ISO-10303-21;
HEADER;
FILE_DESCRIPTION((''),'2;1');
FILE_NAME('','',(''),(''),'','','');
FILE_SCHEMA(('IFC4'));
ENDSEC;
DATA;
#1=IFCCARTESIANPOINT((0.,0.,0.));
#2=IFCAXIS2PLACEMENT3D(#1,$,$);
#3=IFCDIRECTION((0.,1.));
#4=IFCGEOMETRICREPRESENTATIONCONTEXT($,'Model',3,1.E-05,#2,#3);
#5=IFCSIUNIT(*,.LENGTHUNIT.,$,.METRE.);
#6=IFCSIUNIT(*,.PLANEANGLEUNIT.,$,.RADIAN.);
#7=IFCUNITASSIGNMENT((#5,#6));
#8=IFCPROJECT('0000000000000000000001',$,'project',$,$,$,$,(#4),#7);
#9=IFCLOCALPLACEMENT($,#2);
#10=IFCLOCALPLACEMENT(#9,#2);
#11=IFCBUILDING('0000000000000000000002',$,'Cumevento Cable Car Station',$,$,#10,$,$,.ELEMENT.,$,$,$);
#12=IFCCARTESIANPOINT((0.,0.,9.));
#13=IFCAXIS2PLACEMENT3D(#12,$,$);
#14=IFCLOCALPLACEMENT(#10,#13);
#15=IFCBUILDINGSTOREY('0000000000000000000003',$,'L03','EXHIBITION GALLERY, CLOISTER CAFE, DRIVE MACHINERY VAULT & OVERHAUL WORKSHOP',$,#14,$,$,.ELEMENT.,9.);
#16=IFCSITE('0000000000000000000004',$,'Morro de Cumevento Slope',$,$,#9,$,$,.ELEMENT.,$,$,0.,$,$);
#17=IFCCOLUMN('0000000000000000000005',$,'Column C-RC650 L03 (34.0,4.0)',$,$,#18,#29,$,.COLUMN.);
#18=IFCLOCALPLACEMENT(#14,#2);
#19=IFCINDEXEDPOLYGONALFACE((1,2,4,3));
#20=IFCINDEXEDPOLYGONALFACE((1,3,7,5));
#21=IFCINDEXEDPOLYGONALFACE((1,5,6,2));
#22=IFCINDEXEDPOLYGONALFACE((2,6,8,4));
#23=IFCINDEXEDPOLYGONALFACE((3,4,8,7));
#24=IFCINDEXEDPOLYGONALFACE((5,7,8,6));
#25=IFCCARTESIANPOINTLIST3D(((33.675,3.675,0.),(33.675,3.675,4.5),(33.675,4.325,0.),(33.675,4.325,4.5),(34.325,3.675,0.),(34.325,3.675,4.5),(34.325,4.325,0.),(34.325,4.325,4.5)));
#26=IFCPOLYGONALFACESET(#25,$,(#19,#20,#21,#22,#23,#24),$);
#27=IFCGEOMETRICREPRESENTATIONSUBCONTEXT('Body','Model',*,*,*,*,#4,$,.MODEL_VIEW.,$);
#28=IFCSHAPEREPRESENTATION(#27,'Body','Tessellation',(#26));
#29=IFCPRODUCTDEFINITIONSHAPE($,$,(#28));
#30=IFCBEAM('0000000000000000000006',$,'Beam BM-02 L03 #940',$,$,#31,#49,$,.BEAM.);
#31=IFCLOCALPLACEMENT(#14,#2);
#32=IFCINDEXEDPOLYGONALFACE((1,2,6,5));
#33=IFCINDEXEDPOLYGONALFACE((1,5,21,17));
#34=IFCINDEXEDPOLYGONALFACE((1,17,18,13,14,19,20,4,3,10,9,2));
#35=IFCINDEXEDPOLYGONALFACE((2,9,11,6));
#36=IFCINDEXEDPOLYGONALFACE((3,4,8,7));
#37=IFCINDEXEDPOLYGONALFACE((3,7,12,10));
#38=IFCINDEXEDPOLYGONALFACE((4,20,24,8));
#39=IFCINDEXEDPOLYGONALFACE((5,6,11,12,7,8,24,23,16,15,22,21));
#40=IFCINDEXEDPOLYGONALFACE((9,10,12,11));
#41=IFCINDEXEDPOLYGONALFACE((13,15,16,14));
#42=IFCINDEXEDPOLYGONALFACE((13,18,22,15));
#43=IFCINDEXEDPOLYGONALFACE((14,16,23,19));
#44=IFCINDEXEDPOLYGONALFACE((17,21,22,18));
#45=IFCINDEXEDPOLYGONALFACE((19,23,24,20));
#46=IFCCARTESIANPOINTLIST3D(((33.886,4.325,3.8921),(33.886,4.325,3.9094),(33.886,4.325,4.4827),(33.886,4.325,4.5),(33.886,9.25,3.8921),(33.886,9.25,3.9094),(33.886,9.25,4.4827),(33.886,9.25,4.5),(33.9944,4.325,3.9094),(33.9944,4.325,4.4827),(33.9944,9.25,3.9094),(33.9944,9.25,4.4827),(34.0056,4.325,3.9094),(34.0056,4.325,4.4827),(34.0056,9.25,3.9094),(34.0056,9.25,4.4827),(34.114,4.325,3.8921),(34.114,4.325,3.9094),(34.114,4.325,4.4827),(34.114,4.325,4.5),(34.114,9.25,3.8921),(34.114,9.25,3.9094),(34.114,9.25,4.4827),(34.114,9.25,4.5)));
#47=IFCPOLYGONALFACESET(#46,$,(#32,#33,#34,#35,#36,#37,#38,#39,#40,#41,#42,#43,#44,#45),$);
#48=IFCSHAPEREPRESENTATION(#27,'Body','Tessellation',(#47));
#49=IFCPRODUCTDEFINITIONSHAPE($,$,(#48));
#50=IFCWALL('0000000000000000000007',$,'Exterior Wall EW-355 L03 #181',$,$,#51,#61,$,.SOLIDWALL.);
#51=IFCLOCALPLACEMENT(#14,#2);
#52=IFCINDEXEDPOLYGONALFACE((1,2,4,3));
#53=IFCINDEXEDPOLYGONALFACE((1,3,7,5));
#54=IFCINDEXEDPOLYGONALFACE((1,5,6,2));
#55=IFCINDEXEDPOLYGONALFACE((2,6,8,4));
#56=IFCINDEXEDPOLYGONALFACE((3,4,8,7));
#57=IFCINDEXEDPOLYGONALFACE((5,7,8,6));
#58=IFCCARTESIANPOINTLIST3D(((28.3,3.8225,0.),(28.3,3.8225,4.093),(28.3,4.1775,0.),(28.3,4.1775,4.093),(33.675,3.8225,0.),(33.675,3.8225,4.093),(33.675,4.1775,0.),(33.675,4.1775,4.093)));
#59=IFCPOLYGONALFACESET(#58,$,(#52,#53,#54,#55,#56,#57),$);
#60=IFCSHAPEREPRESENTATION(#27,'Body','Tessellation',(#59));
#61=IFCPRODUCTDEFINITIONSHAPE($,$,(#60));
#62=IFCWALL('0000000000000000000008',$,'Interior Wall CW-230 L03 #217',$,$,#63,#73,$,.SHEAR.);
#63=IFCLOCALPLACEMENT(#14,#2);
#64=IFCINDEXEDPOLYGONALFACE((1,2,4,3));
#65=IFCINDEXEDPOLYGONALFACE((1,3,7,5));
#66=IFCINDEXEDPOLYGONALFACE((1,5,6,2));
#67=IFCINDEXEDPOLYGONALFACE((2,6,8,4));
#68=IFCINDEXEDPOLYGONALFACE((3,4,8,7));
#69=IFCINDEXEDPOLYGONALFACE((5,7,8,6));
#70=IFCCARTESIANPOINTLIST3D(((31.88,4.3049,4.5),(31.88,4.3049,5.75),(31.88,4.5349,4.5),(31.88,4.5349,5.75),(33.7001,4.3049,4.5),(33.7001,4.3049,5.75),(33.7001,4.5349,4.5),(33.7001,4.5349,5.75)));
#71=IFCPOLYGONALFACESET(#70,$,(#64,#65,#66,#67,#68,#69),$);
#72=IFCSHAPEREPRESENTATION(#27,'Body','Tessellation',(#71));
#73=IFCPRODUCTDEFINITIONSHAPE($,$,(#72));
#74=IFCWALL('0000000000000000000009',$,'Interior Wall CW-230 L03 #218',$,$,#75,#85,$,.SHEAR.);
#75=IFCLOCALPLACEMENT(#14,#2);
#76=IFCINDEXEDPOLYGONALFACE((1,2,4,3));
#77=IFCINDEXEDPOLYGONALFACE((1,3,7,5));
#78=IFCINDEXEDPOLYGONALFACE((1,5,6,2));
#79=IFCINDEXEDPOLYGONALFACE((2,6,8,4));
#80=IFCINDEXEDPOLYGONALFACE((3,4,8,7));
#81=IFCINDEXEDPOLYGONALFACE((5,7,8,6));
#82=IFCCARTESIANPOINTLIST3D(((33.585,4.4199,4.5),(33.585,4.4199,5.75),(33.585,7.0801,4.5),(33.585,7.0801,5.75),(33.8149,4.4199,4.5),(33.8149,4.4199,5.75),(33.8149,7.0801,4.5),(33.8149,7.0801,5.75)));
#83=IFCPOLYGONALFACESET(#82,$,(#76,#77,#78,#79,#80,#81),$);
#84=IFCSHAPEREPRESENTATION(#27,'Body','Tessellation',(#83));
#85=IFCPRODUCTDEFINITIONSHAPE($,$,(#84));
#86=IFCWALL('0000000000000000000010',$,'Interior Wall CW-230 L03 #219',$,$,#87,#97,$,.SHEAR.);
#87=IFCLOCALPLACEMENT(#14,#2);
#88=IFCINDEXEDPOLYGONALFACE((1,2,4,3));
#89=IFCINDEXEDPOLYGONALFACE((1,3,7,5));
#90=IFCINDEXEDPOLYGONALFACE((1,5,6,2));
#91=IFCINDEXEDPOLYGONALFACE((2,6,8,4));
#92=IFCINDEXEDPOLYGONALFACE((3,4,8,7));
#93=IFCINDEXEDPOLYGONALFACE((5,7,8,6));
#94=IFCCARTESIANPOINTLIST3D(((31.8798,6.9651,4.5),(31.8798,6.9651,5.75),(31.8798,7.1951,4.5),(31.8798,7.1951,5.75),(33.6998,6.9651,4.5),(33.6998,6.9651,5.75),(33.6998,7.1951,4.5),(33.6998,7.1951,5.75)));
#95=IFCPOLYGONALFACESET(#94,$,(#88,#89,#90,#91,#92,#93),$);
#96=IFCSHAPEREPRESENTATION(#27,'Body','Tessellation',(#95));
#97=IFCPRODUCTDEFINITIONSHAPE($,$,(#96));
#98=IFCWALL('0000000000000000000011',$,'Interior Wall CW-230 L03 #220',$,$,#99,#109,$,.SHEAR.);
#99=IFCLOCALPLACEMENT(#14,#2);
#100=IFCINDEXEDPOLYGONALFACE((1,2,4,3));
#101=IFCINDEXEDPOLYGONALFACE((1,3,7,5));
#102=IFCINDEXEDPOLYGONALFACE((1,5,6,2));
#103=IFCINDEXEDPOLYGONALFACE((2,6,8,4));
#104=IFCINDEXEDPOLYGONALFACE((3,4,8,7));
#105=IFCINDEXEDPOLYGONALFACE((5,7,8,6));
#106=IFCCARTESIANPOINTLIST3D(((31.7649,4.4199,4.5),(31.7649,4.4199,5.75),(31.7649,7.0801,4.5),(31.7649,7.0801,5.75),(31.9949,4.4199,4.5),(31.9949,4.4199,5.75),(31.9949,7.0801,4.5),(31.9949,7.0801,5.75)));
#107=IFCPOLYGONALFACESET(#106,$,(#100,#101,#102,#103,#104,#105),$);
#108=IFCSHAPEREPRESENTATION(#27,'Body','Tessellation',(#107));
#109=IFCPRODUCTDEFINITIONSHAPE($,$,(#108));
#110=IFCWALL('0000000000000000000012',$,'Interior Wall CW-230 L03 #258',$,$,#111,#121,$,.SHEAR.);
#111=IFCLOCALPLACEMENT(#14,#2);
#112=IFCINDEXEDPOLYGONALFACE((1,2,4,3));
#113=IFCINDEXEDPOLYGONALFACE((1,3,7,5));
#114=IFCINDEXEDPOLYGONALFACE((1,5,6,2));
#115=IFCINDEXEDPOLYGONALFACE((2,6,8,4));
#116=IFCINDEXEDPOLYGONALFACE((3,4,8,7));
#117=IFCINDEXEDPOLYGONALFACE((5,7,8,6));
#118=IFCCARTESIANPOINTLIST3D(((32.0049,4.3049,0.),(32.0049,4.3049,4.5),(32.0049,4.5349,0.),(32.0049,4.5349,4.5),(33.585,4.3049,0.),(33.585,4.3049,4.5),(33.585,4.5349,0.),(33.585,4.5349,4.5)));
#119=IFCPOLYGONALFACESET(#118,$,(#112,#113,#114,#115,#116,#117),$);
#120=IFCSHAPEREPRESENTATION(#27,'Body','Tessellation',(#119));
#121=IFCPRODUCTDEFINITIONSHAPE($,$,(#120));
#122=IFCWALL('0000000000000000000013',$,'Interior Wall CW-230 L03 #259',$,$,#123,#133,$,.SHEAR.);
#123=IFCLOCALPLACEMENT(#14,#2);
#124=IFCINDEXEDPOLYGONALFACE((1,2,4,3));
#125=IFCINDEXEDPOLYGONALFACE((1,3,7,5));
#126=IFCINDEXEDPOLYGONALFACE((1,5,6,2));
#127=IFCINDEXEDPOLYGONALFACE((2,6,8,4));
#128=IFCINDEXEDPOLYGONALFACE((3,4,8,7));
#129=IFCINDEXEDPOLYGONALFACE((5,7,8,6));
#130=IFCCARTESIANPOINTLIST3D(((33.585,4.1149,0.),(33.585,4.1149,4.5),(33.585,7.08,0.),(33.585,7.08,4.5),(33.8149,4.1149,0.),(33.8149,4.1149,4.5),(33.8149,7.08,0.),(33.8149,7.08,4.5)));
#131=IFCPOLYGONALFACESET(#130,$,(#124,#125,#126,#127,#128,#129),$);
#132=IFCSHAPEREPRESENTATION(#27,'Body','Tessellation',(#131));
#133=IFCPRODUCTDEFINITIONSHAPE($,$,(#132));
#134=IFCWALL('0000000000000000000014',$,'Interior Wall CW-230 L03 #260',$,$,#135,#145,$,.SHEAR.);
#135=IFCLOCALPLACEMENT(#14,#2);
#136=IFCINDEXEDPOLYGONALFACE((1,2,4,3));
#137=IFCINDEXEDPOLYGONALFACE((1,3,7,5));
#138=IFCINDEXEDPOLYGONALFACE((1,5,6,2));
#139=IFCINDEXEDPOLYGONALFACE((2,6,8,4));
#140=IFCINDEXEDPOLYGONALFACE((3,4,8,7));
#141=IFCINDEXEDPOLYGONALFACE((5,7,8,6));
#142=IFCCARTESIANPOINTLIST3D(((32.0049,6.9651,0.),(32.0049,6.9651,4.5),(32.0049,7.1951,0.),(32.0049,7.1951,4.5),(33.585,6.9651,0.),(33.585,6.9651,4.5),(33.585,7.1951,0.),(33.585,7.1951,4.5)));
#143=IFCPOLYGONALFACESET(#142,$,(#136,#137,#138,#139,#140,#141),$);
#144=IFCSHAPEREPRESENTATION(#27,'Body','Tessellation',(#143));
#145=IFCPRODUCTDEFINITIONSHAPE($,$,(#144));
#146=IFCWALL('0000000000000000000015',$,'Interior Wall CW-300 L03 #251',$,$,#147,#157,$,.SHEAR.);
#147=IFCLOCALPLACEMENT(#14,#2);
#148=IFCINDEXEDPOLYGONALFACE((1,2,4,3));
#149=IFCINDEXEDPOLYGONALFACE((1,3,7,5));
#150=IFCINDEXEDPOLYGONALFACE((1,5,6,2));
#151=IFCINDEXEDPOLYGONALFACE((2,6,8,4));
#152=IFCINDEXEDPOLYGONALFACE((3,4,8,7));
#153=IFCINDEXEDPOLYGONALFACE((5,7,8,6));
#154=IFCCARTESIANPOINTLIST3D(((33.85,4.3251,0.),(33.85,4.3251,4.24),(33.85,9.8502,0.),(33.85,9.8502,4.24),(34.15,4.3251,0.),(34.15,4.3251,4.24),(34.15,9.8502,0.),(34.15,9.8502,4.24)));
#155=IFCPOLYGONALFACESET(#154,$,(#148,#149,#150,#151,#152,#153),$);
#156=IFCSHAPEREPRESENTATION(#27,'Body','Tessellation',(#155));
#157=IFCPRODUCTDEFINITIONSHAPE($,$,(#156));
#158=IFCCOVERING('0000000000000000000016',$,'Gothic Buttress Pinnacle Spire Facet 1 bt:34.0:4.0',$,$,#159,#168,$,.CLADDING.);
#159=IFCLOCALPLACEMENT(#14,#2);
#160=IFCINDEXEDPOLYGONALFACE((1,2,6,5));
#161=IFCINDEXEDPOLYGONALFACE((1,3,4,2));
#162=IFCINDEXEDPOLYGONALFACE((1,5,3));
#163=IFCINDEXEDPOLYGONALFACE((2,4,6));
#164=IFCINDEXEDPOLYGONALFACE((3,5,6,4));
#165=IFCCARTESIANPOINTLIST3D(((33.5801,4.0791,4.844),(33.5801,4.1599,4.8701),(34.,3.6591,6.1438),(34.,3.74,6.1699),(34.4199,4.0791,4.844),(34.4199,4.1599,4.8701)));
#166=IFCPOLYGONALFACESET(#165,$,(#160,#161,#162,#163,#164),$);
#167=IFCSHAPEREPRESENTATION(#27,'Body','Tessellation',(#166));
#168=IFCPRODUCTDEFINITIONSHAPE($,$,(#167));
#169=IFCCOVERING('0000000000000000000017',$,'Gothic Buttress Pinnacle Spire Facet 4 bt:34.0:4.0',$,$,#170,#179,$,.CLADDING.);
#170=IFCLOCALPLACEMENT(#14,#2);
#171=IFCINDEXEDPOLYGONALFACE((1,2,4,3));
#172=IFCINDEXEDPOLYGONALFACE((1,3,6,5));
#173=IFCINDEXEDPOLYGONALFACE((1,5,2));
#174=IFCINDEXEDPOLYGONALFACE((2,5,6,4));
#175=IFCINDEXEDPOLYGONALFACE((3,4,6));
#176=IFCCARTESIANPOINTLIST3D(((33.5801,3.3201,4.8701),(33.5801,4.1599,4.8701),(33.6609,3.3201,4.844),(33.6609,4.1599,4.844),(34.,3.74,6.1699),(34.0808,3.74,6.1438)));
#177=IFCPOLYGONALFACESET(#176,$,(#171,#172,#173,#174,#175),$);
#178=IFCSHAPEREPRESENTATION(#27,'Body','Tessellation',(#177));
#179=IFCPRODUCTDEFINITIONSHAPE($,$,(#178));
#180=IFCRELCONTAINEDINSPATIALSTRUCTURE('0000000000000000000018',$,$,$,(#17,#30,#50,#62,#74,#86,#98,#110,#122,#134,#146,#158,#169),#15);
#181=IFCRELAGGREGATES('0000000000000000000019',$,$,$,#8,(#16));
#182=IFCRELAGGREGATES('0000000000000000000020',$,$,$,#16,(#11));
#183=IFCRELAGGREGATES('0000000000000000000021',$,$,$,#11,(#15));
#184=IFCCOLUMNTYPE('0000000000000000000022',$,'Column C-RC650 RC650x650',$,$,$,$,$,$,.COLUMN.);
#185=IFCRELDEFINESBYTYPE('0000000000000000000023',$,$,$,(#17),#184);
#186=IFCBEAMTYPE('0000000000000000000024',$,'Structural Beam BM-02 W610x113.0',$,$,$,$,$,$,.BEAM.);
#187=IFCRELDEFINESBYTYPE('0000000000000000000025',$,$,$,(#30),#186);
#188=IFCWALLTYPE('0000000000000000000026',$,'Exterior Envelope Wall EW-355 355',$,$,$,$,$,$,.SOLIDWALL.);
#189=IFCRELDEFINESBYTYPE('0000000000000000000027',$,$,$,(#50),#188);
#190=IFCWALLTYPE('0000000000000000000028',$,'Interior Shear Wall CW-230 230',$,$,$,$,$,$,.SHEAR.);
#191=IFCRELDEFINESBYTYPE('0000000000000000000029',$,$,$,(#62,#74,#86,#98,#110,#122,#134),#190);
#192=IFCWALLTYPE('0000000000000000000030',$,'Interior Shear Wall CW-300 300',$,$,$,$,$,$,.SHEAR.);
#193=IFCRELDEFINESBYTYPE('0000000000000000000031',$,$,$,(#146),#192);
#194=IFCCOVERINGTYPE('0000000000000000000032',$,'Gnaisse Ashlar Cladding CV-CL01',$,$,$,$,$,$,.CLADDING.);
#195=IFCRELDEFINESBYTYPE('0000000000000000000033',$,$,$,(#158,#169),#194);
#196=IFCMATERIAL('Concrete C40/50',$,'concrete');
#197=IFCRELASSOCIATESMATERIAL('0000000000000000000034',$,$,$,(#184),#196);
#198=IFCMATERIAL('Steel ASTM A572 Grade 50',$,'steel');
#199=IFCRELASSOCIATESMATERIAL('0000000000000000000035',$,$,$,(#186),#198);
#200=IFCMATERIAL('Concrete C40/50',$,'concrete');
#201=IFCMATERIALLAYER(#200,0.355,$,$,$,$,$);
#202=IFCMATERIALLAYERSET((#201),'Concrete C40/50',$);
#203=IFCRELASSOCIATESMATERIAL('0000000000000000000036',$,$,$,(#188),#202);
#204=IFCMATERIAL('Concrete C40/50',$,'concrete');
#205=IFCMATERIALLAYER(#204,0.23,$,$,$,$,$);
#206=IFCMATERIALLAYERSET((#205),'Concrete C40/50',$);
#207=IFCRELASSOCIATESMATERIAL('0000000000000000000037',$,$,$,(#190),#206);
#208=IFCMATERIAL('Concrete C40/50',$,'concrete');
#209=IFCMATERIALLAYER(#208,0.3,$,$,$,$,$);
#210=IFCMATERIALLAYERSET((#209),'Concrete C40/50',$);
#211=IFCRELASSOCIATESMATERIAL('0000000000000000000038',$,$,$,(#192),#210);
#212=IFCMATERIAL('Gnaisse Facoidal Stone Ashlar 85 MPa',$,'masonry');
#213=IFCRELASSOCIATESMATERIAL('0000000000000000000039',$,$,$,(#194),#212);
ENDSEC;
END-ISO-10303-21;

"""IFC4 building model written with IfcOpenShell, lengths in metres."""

from ifc_helpers import new_model, si_unit, direction, frame, frame_2d, origin, origin_2d, place, context, subcontext, project, spatial, polyline, rectangle, i_section, outline, extrude, material, layer, layer_set, material_profile, profile_set, type_object, element, save


model = new_model("IFC4")

# Units and contexts
model_context = context("Model", 3, precision=1e-05, world=origin(), true_north=direction((0.0, 1.0)))
body_context = subcontext(model_context, "Body", "Model", "MODEL_VIEW")
ifc_project = project(units=[si_unit("LENGTHUNIT", "METRE"), si_unit("PLANEANGLEUNIT", "RADIAN")], contexts=[model_context])

# Site, building, storey
site_placement = place(None, origin())
site = spatial("IfcSite", under=ifc_project, at=site_placement, Name="Morro de Cumevento Slope", CompositionType="ELEMENT", RefElevation=0.0)
building_placement = place(site_placement, origin())
building = spatial("IfcBuilding", under=site, at=building_placement, Name="Cumevento Cable Car Station", CompositionType="ELEMENT")
storey_placement = place(building_placement, frame((0.0, 0.0, 9.0)))
storey = spatial("IfcBuildingStorey", under=building, at=storey_placement, Name="L03", Description="EXHIBITION GALLERY, CLOISTER CAFE, DRIVE MACHINERY VAULT & OVERHAUL WORKSHOP", CompositionType="ELEMENT", Elevation=9.0)

# Column
ifc_material_1 = material(Name="Concrete C40/50", Category="concrete")
ifc_material_profile_1 = material_profile(ifc_material_1, rectangle(XDim=0.6499, YDim=0.6499, at=origin_2d()), Name="RC650x650")
ifc_profile_set_1 = profile_set([ifc_material_profile_1], Name="Concrete C40/50")
column_type = type_object("IfcColumnType", Name="Column C-RC650 RC650x650", PredefinedType="COLUMN", material=ifc_profile_set_1)
column_placement = place(storey_placement, frame((34.0, 4.0, 0.0), z_axis=(0.0, 0.0, 1.0), x_axis=(1.0, 0.0, 0.0)))
element("IfcColumn", 1, at=column_placement, inside=storey, type_object=column_type, Name="Column C-RC650 L03 (34.0,4.0)", PredefinedType="COLUMN", context=body_context, shape_type="SweptSolid", body=[
    extrude(rectangle(XDim=0.6499, YDim=0.6499, at=origin_2d()), origin(), (0.0, 0.0, 1.0), 4.5),
])

# Beam
ifc_material_2 = material(Name="Steel ASTM A572 Grade 50", Category="steel")
ifc_material_profile_2 = material_profile(ifc_material_2, i_section(OverallWidth=0.228, OverallDepth=0.6079, WebThickness=0.0112, FlangeThickness=0.0173, at=origin_2d()), Name="W610x113.0")
ifc_profile_set_2 = profile_set([ifc_material_profile_2], Name="Steel ASTM A572 Grade 50")
beam_type = type_object("IfcBeamType", Name="Structural Beam BM-02 W610x113.0", PredefinedType="BEAM", material=ifc_profile_set_2)
beam_placement = place(storey_placement, frame((34.0, 4.325, 4.196), z_axis=(0.0, 1.0, 0.0), x_axis=(-1.0, 0.0, 0.0)))
element("IfcBeam", 2, at=beam_placement, inside=storey, type_object=beam_type, Name="Beam BM-02 L03 #940", PredefinedType="BEAM", context=body_context, shape_type="SweptSolid", body=[
    extrude(i_section(OverallWidth=0.228, OverallDepth=0.6079, WebThickness=0.0112, FlangeThickness=0.0173, at=origin_2d()), origin(), (0.0, 0.0, 1.0), 4.925),
])

# Walls
ifc_material_3 = material(Name="Concrete C40/50", Category="concrete")
ifc_layer_1 = layer(ifc_material_3, 0.355)
ifc_layer_set_1 = layer_set([ifc_layer_1], Name="Concrete C40/50")
wall_type_1 = type_object("IfcWallType", Name="Exterior Envelope Wall EW-355 355", PredefinedType="SOLIDWALL", material=ifc_layer_set_1)
wall_1_placement = place(storey_placement, frame((33.675, 4.0, 0.0), z_axis=(0.0, 0.0, 1.0), x_axis=(-1.0, 0.0, 0.0)))
element("IfcWall", 3, at=wall_1_placement, inside=storey, type_object=wall_type_1, Name="Exterior Wall EW-355 L03 #181", PredefinedType="SOLIDWALL", context=body_context, shape_type="SweptSolid", body=[
    extrude(rectangle(XDim=5.375, YDim=0.355, at=frame_2d((2.6875, 0.0))), origin(), (0.0, 0.0, 1.0), 4.093),
])
ifc_material_4 = material(Name="Concrete C40/50", Category="concrete")
ifc_layer_2 = layer(ifc_material_4, 0.23)
ifc_layer_set_2 = layer_set([ifc_layer_2], Name="Concrete C40/50")
wall_type_2 = type_object("IfcWallType", Name="Interior Shear Wall CW-230 230", PredefinedType="SHEAR", material=ifc_layer_set_2)
wall_2_placement = place(storey_placement, frame((31.8799, 4.4199, 4.5), z_axis=(0.0, 0.0, 1.0), x_axis=(1.0, 0.0, 0.0)))
element("IfcWall", 4, at=wall_2_placement, inside=storey, type_object=wall_type_2, Name="Interior Wall CW-230 L03 #217", PredefinedType="SHEAR", context=body_context, shape_type="SweptSolid", body=[
    extrude(rectangle(XDim=1.8201, YDim=0.23, at=frame_2d((0.9102, 0.0))), origin(), (0.0, 0.0, 1.0), 1.25),
])
wall_3_placement = place(storey_placement, frame((33.7, 4.4199, 4.5), z_axis=(0.0, 0.0, 1.0), x_axis=(0.0, 1.0, 0.0)))
element("IfcWall", 5, at=wall_3_placement, inside=storey, type_object=wall_type_2, Name="Interior Wall CW-230 L03 #218", PredefinedType="SHEAR", context=body_context, shape_type="SweptSolid", body=[
    extrude(rectangle(XDim=2.6602, YDim=0.23, at=frame_2d((1.3301, 0.0))), origin(), (0.0, 0.0, 1.0), 1.25),
])
wall_4_placement = place(storey_placement, frame((33.7, 7.0801, 4.5), z_axis=(0.0, 0.0, 1.0), x_axis=(-1.0, 0.0, 0.0)))
element("IfcWall", 6, at=wall_4_placement, inside=storey, type_object=wall_type_2, Name="Interior Wall CW-230 L03 #219", PredefinedType="SHEAR", context=body_context, shape_type="SweptSolid", body=[
    extrude(rectangle(XDim=1.8201, YDim=0.23, at=frame_2d((0.9102, 0.0))), origin(), (0.0, 0.0, 1.0), 1.25),
])
wall_5_placement = place(storey_placement, frame((31.8799, 7.0801, 4.5), z_axis=(0.0, 0.0, 1.0), x_axis=(0.0, -1.0, 0.0)))
element("IfcWall", 7, at=wall_5_placement, inside=storey, type_object=wall_type_2, Name="Interior Wall CW-230 L03 #220", PredefinedType="SHEAR", context=body_context, shape_type="SweptSolid", body=[
    extrude(rectangle(XDim=2.6602, YDim=0.23, at=frame_2d((1.3301, 0.0))), origin(), (0.0, 0.0, 1.0), 1.25),
])
wall_6_placement = place(storey_placement, frame((32.0049, 4.4199, 0.0), z_axis=(0.0, 0.0, 1.0), x_axis=(1.0, 0.0, 0.0)))
element("IfcWall", 8, at=wall_6_placement, inside=storey, type_object=wall_type_2, Name="Interior Wall CW-230 L03 #258", PredefinedType="SHEAR", context=body_context, shape_type="SweptSolid", body=[
    extrude(rectangle(XDim=1.5801, YDim=0.23, at=frame_2d((0.79, 0.0))), origin(), (0.0, 0.0, 1.0), 4.5),
])
wall_7_placement = place(storey_placement, frame((33.7, 4.115, 0.0), z_axis=(0.0, 0.0, 1.0), x_axis=(0.0, 1.0, 0.0)))
element("IfcWall", 9, at=wall_7_placement, inside=storey, type_object=wall_type_2, Name="Interior Wall CW-230 L03 #259", PredefinedType="SHEAR", context=body_context, shape_type="SweptSolid", body=[
    extrude(rectangle(XDim=2.9651, YDim=0.23, at=frame_2d((1.4824, 0.0))), origin(), (0.0, 0.0, 1.0), 4.5),
])
wall_8_placement = place(storey_placement, frame((32.0049, 7.0801, 0.0), z_axis=(0.0, 0.0, 1.0), x_axis=(1.0, 0.0, 0.0)))
element("IfcWall", 10, at=wall_8_placement, inside=storey, type_object=wall_type_2, Name="Interior Wall CW-230 L03 #260", PredefinedType="SHEAR", context=body_context, shape_type="SweptSolid", body=[
    extrude(rectangle(XDim=1.5801, YDim=0.23, at=frame_2d((0.79, 0.0))), origin(), (0.0, 0.0, 1.0), 4.5),
])

# Wall
ifc_material_5 = material(Name="Concrete C40/50", Category="concrete")
ifc_layer_3 = layer(ifc_material_5, 0.3)
ifc_layer_set_3 = layer_set([ifc_layer_3], Name="Concrete C40/50")
wall_type_3 = type_object("IfcWallType", Name="Interior Shear Wall CW-300 300", PredefinedType="SHEAR", material=ifc_layer_set_3)
wall_9_placement = place(storey_placement, frame((34.0, 4.325, 0.0), z_axis=(0.0, 0.0, 1.0), x_axis=(0.0, 1.0, 0.0)))
element("IfcWall", 11, at=wall_9_placement, inside=storey, type_object=wall_type_3, Name="Interior Wall CW-300 L03 #251", PredefinedType="SHEAR", context=body_context, shape_type="SweptSolid", body=[
    extrude(rectangle(XDim=5.5251, YDim=0.3, at=frame_2d((2.7627, 0.0))), origin(), (0.0, 0.0, 1.0), 4.24),
])

# Coverings
ifc_material_6 = material(Name="Gnaisse Facoidal Stone Ashlar 85 MPa", Category="masonry")
covering_type = type_object("IfcCoveringType", Name="Gnaisse Ashlar Cladding CV-CL01", PredefinedType="CLADDING", material=ifc_material_6)
for number, where, z_axis, x_axis, name in (
    (12, (33.5801, 4.1599, 4.8701), (0.0, 0.951574, 0.307421), (1.0, 0.0, 0.0), "Gothic Buttress Pinnacle Spire Facet 1 bt:34.0:4.0"),
    (13, (33.5801, 3.3201, 4.8701), (-0.951574, 0.0, 0.307421), (0.0, 1.0, 0.0), "Gothic Buttress Pinnacle Spire Facet 4 bt:34.0:4.0"),
):
    element("IfcCovering", number, at=place(storey_placement, frame(where, z_axis=z_axis, x_axis=x_axis)), inside=storey, type_object=covering_type, Name=name, PredefinedType="CLADDING", context=body_context, shape_type="SweptSolid", body=[
        extrude(outline(polyline([(0.0, 0.0), (0.8398, 0.0), (0.4199, -1.366), (0.0, 0.0)])), origin(), (0.0, 0.0, -1.0), 0.085),
    ])

save(model, "model.ifc")
